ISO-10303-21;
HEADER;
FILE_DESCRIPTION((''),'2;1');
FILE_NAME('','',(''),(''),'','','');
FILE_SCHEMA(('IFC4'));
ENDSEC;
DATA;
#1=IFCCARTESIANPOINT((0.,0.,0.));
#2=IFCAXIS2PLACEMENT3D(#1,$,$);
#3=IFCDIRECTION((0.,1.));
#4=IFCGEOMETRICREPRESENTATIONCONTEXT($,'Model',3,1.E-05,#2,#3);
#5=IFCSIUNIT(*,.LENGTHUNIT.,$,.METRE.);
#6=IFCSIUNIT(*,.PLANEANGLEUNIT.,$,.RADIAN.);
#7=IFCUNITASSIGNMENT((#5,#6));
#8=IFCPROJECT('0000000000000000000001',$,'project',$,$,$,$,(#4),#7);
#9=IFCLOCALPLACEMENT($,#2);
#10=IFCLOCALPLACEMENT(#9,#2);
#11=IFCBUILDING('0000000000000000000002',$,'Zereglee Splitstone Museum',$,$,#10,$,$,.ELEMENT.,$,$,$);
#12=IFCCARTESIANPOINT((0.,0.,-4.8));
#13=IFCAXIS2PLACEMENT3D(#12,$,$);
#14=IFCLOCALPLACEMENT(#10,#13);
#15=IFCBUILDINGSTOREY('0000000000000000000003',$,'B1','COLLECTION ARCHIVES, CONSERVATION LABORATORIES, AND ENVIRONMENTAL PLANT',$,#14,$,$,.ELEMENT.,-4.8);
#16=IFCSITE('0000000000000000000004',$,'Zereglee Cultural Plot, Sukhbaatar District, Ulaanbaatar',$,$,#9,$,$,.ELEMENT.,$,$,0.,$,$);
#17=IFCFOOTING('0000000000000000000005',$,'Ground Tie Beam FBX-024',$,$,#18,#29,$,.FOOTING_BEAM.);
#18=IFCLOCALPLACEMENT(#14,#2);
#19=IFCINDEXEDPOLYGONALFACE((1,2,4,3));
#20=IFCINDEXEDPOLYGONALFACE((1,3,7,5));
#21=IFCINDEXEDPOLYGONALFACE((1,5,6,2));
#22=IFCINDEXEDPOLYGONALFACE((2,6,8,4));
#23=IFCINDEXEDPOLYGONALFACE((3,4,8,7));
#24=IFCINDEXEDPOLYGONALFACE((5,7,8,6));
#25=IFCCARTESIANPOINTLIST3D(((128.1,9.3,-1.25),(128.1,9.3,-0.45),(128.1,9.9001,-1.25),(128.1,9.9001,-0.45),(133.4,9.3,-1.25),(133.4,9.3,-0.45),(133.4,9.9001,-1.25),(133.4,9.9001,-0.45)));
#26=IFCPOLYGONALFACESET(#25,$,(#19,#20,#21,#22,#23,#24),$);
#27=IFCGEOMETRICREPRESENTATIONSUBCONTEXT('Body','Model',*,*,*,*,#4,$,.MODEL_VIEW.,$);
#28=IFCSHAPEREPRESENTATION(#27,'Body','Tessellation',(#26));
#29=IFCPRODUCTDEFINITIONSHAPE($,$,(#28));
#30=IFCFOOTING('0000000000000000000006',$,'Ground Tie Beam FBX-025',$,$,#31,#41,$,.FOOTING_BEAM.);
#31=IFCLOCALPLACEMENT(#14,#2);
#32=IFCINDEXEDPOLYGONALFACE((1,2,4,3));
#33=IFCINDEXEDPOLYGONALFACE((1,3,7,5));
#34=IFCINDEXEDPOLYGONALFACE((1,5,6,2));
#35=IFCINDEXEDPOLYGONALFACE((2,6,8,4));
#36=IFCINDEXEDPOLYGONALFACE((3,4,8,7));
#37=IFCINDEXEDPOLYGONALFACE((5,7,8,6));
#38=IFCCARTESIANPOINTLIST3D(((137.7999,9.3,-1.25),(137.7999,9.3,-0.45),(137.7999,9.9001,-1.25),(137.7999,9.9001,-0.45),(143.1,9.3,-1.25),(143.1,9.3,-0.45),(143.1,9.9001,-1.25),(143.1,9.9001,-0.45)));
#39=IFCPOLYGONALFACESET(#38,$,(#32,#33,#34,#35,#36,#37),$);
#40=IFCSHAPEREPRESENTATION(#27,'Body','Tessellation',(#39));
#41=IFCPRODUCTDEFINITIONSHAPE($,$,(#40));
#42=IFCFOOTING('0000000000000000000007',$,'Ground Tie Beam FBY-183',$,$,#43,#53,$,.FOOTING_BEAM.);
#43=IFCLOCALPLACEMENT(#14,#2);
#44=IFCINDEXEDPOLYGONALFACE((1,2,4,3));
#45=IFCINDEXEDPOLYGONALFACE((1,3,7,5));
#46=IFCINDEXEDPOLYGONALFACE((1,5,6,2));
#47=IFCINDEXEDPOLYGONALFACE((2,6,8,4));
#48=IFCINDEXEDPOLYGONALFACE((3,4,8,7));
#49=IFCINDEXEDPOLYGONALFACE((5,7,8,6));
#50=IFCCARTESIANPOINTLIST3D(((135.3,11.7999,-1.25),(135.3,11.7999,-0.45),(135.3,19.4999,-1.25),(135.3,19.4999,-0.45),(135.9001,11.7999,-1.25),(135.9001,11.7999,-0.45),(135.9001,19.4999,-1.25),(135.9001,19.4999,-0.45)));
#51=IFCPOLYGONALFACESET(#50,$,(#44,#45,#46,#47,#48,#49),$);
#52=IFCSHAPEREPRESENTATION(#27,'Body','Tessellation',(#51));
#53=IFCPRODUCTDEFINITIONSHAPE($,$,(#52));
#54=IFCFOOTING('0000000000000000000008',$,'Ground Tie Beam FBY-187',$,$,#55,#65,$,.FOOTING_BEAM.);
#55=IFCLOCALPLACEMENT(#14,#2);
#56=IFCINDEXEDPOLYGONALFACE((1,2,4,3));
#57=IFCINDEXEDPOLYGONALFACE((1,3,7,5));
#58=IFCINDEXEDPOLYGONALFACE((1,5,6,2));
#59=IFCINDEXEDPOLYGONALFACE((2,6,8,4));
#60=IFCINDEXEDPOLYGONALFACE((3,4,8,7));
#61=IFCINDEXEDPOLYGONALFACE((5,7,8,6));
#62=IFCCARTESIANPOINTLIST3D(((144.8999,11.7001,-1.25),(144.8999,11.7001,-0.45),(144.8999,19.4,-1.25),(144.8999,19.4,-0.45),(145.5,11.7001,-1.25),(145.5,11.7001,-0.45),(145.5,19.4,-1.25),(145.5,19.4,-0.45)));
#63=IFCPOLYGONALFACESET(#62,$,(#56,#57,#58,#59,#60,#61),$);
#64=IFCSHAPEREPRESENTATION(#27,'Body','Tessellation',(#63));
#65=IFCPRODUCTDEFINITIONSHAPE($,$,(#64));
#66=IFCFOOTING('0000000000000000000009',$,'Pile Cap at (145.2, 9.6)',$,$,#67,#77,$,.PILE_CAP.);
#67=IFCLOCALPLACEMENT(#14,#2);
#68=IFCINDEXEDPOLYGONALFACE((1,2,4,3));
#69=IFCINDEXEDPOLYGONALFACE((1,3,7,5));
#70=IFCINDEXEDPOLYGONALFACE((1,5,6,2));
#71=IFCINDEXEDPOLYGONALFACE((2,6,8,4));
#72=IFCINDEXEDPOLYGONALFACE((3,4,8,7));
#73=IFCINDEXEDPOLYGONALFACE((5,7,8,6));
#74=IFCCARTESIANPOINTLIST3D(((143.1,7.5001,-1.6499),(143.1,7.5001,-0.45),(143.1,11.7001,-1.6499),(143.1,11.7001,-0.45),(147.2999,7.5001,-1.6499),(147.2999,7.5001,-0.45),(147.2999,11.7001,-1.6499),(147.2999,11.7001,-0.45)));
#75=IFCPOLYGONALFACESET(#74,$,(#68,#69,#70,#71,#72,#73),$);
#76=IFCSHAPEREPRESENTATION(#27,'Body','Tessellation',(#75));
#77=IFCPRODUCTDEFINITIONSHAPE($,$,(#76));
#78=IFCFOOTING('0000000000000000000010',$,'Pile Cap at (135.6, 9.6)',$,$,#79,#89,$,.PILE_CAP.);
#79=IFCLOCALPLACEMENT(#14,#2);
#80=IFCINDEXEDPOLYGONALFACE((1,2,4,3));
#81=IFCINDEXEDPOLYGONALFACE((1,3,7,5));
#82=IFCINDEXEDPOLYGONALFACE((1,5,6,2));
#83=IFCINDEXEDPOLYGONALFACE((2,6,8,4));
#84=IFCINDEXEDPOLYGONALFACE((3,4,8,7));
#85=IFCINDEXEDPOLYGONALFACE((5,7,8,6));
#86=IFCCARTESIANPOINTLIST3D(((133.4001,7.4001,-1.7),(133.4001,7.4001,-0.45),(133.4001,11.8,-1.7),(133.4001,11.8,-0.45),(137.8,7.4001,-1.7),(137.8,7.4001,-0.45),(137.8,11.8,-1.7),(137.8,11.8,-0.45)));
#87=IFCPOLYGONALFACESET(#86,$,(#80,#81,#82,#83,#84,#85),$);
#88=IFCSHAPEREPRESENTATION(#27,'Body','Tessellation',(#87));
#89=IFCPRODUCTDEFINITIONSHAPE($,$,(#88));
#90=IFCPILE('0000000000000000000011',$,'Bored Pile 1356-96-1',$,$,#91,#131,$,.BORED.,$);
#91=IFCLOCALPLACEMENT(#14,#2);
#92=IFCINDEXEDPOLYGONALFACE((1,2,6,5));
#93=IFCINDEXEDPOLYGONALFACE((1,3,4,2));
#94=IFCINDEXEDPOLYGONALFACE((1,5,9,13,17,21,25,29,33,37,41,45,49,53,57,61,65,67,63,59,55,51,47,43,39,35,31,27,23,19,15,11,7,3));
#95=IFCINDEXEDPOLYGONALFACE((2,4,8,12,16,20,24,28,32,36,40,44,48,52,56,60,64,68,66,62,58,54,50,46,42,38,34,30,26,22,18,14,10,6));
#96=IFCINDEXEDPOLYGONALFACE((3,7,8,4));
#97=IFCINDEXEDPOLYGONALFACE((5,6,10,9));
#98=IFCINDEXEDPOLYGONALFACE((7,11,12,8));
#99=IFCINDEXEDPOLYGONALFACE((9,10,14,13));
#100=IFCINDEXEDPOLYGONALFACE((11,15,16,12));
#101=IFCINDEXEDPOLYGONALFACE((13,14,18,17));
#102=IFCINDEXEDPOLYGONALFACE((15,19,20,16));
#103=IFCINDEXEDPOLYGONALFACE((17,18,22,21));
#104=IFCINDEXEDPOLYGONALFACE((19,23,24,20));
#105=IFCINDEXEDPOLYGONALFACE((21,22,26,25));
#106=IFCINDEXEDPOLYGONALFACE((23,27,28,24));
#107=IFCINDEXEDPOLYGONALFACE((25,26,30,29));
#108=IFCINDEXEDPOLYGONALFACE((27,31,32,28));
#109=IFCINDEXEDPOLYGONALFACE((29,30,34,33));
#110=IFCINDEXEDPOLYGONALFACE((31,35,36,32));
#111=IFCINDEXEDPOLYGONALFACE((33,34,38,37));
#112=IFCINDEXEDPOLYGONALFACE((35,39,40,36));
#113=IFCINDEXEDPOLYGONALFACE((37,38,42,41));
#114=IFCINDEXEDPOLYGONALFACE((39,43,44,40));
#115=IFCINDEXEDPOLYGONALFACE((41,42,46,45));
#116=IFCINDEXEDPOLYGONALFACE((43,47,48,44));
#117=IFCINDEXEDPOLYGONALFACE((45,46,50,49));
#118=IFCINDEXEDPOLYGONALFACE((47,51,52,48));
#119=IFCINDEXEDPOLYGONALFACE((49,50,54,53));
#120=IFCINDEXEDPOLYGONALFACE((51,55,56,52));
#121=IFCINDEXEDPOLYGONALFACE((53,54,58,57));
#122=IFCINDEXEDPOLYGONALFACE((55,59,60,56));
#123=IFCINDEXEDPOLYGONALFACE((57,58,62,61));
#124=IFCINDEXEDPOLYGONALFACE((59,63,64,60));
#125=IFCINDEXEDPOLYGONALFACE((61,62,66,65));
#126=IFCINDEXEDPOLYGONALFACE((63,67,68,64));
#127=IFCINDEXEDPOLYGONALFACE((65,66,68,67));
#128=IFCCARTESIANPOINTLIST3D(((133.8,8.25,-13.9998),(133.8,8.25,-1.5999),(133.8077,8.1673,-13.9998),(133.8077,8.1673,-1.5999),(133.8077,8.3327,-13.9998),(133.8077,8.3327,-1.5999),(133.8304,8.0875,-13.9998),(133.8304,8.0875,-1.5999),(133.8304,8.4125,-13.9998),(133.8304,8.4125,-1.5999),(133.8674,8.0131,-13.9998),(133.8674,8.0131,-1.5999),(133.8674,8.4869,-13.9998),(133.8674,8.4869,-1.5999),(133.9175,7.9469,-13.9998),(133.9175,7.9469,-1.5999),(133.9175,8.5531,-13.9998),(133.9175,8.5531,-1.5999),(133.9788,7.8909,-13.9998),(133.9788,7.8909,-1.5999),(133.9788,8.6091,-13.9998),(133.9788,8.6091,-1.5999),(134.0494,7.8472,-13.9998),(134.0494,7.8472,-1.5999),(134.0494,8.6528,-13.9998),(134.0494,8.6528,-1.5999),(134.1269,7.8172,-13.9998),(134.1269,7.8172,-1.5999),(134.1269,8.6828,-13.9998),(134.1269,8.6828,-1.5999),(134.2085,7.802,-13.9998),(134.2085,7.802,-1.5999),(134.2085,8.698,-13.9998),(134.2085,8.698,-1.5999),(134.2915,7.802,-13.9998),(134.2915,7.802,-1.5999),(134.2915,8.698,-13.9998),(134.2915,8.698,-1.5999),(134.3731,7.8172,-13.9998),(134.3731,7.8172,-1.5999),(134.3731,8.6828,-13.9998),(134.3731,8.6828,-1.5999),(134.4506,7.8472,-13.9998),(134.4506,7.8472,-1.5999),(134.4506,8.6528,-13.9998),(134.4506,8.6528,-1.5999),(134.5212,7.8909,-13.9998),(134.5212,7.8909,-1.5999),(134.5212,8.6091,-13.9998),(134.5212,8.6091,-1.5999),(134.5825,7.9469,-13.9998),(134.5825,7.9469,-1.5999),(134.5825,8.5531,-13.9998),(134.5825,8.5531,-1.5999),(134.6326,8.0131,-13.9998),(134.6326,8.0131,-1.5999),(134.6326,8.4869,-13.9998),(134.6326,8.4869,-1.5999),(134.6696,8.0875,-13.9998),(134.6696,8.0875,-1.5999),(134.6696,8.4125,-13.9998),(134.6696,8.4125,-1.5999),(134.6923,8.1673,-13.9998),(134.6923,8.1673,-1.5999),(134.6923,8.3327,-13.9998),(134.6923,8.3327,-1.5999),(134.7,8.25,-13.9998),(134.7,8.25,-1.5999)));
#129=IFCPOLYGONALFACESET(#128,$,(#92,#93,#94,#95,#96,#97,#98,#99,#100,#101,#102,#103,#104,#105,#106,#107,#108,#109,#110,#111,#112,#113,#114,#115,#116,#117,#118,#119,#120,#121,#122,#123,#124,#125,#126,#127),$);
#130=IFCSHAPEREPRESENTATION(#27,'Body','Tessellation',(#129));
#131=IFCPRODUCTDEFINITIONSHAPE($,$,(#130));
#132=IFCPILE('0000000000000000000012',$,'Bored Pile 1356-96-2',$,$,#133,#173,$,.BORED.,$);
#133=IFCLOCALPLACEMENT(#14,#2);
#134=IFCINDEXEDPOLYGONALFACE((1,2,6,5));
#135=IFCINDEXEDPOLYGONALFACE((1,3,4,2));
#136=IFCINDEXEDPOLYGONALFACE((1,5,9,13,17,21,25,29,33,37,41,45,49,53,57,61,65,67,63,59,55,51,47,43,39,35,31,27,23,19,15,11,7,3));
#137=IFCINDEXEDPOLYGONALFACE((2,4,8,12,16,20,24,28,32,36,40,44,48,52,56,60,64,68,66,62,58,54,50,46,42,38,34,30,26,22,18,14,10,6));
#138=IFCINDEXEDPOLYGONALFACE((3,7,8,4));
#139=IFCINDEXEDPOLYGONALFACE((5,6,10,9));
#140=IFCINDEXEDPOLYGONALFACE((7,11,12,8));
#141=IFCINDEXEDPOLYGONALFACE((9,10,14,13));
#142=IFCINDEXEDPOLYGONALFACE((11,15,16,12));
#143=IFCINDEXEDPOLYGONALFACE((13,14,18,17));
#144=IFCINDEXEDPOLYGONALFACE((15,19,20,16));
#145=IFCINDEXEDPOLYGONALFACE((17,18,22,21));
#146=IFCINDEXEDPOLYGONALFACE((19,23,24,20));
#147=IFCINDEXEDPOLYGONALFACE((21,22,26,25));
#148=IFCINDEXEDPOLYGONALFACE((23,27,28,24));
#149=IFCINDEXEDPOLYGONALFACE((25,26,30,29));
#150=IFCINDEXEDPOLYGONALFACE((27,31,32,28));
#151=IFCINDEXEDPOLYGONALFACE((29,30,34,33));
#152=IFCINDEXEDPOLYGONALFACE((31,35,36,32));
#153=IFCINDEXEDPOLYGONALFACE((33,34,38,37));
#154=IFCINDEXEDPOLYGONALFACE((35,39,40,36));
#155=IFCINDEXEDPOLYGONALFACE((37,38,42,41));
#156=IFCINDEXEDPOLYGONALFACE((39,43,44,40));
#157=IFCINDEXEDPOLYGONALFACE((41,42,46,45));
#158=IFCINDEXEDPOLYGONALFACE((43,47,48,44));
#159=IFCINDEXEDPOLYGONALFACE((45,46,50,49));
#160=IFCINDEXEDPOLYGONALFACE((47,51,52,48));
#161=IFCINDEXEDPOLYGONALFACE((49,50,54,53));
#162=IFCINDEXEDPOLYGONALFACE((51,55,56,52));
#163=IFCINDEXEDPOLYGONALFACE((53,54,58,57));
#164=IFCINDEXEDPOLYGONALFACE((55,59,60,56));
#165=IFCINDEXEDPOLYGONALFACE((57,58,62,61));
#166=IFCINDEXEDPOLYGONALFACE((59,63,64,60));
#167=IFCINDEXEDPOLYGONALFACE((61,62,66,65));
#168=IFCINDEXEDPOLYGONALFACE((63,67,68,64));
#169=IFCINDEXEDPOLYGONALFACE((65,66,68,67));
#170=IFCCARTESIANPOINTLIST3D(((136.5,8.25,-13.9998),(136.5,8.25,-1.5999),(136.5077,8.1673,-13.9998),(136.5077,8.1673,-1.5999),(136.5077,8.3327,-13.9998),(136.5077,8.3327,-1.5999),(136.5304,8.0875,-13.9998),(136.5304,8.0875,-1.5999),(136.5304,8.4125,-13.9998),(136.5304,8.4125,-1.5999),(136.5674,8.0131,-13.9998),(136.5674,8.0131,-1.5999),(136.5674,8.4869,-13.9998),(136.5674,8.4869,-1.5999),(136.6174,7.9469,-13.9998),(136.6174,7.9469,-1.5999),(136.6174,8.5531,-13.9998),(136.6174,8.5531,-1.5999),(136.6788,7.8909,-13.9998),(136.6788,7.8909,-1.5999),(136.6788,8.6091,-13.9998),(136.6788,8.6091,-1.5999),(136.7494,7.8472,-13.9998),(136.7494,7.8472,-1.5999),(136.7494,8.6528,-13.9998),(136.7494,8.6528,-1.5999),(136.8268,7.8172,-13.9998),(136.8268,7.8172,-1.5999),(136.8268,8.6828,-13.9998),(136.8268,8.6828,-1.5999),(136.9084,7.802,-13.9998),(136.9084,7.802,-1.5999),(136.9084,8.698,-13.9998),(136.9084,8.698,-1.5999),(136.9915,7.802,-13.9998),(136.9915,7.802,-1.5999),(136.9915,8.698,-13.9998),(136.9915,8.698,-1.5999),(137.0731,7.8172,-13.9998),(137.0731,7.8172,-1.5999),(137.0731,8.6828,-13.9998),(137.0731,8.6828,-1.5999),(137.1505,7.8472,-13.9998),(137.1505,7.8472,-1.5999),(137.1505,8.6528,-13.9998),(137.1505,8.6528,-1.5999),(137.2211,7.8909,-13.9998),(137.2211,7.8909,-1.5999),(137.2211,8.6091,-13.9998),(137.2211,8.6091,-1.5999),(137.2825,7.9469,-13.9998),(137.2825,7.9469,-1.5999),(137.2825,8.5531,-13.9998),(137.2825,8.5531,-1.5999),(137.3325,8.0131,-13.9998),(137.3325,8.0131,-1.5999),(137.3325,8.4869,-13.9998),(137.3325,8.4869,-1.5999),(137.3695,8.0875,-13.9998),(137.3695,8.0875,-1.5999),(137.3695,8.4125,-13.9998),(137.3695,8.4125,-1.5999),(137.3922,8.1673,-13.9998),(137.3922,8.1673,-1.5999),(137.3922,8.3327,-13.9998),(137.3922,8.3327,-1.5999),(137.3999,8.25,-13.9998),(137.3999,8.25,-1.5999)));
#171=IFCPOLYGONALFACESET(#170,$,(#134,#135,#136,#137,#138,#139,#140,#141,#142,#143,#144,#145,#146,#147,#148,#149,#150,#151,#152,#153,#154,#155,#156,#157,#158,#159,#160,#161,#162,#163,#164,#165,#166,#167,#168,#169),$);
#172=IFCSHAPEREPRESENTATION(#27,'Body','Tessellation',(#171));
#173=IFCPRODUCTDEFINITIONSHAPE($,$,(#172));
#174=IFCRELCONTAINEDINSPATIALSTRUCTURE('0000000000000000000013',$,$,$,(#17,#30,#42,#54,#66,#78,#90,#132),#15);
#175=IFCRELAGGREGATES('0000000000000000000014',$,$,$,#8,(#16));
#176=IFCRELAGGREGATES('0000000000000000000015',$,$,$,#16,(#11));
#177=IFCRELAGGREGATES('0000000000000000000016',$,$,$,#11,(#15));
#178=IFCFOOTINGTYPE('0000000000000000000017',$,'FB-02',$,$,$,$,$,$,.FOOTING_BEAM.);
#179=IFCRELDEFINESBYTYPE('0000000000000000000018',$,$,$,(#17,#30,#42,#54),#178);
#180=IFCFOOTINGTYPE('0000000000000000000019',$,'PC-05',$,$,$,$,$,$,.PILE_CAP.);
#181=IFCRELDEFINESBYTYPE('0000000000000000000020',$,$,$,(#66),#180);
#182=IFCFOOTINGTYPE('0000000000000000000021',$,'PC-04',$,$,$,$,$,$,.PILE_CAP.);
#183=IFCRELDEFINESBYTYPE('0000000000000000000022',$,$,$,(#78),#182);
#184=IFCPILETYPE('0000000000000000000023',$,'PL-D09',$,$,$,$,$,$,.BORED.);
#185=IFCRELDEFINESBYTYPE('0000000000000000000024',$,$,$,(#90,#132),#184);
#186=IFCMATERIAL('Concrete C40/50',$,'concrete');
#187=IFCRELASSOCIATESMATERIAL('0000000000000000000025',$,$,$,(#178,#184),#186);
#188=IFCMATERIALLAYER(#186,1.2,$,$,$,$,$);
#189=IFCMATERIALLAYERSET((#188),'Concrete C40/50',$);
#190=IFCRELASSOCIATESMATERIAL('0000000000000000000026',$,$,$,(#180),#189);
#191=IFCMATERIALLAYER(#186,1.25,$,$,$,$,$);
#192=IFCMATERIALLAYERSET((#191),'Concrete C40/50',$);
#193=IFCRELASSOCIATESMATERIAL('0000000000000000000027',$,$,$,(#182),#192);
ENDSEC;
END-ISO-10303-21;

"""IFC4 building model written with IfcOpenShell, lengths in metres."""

from ifc_helpers import new_model, si_unit, direction, frame, origin, origin_2d, place, context, subcontext, project, spatial, rectangle, circle, extrude, material, layer, layer_set, material_profile, profile_set, type_object, element, save


model = new_model("IFC4")

# Units and contexts
model_context = context("Model", 3, precision=1e-05, world=origin(), true_north=direction((0.0, 1.0)))
body_context = subcontext(model_context, "Body", "Model", "MODEL_VIEW")
ifc_project = project(units=[si_unit("LENGTHUNIT", "METRE"), si_unit("PLANEANGLEUNIT", "RADIAN")], contexts=[model_context])

# Site, building, storey
site_placement = place(None, origin())
site = spatial("IfcSite", under=ifc_project, at=site_placement, Name="Zereglee Cultural Plot, Sukhbaatar District, Ulaanbaatar", CompositionType="ELEMENT", RefElevation=0.0)
building_placement = place(site_placement, origin())
building = spatial("IfcBuilding", under=site, at=building_placement, Name="Zereglee Splitstone Museum", CompositionType="ELEMENT")
storey_placement = place(building_placement, frame((0.0, 0.0, -4.8)))
storey = spatial("IfcBuildingStorey", under=building, at=storey_placement, Name="B1", Description="COLLECTION ARCHIVES, CONSERVATION LABORATORIES, AND ENVIRONMENTAL PLANT", CompositionType="ELEMENT", Elevation=-4.8)

# Footings
ifc_material_1 = material(Name="Concrete C40/50", Category="concrete")
footing_type_1 = type_object("IfcFootingType", Name="FB-02", PredefinedType="FOOTING_BEAM", material=ifc_material_1)
for number, where, z_axis, x_axis, name in (
    (1, (130.75, 9.6001, -1.25), (0.0, 0.0, 1.0), (1.0, 0.0, 0.0), "Ground Tie Beam FBX-024"),
    (2, (140.45, 9.6001, -1.25), (0.0, 0.0, 1.0), (1.0, 0.0, 0.0), "Ground Tie Beam FBX-025"),
):
    element("IfcFooting", number, at=place(storey_placement, frame(where, z_axis=z_axis, x_axis=x_axis)), inside=storey, type_object=footing_type_1, Name=name, PredefinedType="FOOTING_BEAM", context=body_context, shape_type="SweptSolid", body=[
        extrude(rectangle(XDim=5.3, YDim=0.6001, at=origin_2d()), origin(), (0.0, 0.0, 1.0), 0.8),
    ])
for number, where, z_axis, x_axis, name in (
    (3, (135.6001, 15.6499, -1.25), (0.0, 0.0, 1.0), (0.0, 1.0, 0.0), "Ground Tie Beam FBY-183"),
    (4, (145.2, 15.55, -1.25), (0.0, 0.0, 1.0), (0.0, 1.0, 0.0), "Ground Tie Beam FBY-187"),
):
    element("IfcFooting", number, at=place(storey_placement, frame(where, z_axis=z_axis, x_axis=x_axis)), inside=storey, type_object=footing_type_1, Name=name, PredefinedType="FOOTING_BEAM", context=body_context, shape_type="SweptSolid", body=[
        extrude(rectangle(XDim=7.7, YDim=0.6001, at=origin_2d()), origin(), (0.0, 0.0, 1.0), 0.8),
    ])
ifc_layer_1 = layer(ifc_material_1, 1.2)
ifc_layer_set_1 = layer_set([ifc_layer_1], Name="Concrete C40/50")
footing_type_2 = type_object("IfcFootingType", Name="PC-05", PredefinedType="PILE_CAP", material=ifc_layer_set_1)
footing_1_placement = place(storey_placement, frame((145.2, 9.6001, -1.6499), z_axis=(0.0, 0.0, 1.0), x_axis=(1.0, 0.0, 0.0)))
element("IfcFooting", 5, at=footing_1_placement, inside=storey, type_object=footing_type_2, Name="Pile Cap at (145.2, 9.6)", PredefinedType="PILE_CAP", context=body_context, shape_type="SweptSolid", body=[
    extrude(rectangle(XDim=4.2, YDim=4.2, at=origin_2d()), origin(), (0.0, 0.0, 1.0), 1.2),
])
ifc_layer_2 = layer(ifc_material_1, 1.25)
ifc_layer_set_2 = layer_set([ifc_layer_2], Name="Concrete C40/50")
footing_type_3 = type_object("IfcFootingType", Name="PC-04", PredefinedType="PILE_CAP", material=ifc_layer_set_2)
footing_2_placement = place(storey_placement, frame((135.6001, 9.6001, -1.7), z_axis=(0.0, 0.0, 1.0), x_axis=(1.0, 0.0, 0.0)))
element("IfcFooting", 6, at=footing_2_placement, inside=storey, type_object=footing_type_3, Name="Pile Cap at (135.6, 9.6)", PredefinedType="PILE_CAP", context=body_context, shape_type="SweptSolid", body=[
    extrude(rectangle(XDim=4.3999, YDim=4.3999, at=origin_2d()), origin(), (0.0, 0.0, 1.0), 1.25),
])

# Piles
ifc_material_profile_1 = material_profile(ifc_material_1, circle(Radius=0.45, at=origin_2d()), Name="PILE D900")
ifc_profile_set_1 = profile_set([ifc_material_profile_1], Name="Concrete C40/50")
pile_type = type_object("IfcPileType", Name="PL-D09", PredefinedType="BORED", material=ifc_profile_set_1)
for number, where, z_axis, x_axis, name in (
    (7, (134.25, 8.25, -1.5999), (0.0, 0.0, -1.0), (1.0, 0.0, 0.0), "Bored Pile 1356-96-1"),
    (8, (136.95, 8.25, -1.5999), (0.0, 0.0, -1.0), (1.0, 0.0, 0.0), "Bored Pile 1356-96-2"),
):
    element("IfcPile", number, at=place(storey_placement, frame(where, z_axis=z_axis, x_axis=x_axis)), inside=storey, type_object=pile_type, Name=name, PredefinedType="BORED", context=body_context, shape_type="SweptSolid", body=[
        extrude(circle(Radius=0.45, at=origin_2d()), origin(), (0.0, 0.0, 1.0), 12.3999),
    ])

save(model, "model.ifc")
